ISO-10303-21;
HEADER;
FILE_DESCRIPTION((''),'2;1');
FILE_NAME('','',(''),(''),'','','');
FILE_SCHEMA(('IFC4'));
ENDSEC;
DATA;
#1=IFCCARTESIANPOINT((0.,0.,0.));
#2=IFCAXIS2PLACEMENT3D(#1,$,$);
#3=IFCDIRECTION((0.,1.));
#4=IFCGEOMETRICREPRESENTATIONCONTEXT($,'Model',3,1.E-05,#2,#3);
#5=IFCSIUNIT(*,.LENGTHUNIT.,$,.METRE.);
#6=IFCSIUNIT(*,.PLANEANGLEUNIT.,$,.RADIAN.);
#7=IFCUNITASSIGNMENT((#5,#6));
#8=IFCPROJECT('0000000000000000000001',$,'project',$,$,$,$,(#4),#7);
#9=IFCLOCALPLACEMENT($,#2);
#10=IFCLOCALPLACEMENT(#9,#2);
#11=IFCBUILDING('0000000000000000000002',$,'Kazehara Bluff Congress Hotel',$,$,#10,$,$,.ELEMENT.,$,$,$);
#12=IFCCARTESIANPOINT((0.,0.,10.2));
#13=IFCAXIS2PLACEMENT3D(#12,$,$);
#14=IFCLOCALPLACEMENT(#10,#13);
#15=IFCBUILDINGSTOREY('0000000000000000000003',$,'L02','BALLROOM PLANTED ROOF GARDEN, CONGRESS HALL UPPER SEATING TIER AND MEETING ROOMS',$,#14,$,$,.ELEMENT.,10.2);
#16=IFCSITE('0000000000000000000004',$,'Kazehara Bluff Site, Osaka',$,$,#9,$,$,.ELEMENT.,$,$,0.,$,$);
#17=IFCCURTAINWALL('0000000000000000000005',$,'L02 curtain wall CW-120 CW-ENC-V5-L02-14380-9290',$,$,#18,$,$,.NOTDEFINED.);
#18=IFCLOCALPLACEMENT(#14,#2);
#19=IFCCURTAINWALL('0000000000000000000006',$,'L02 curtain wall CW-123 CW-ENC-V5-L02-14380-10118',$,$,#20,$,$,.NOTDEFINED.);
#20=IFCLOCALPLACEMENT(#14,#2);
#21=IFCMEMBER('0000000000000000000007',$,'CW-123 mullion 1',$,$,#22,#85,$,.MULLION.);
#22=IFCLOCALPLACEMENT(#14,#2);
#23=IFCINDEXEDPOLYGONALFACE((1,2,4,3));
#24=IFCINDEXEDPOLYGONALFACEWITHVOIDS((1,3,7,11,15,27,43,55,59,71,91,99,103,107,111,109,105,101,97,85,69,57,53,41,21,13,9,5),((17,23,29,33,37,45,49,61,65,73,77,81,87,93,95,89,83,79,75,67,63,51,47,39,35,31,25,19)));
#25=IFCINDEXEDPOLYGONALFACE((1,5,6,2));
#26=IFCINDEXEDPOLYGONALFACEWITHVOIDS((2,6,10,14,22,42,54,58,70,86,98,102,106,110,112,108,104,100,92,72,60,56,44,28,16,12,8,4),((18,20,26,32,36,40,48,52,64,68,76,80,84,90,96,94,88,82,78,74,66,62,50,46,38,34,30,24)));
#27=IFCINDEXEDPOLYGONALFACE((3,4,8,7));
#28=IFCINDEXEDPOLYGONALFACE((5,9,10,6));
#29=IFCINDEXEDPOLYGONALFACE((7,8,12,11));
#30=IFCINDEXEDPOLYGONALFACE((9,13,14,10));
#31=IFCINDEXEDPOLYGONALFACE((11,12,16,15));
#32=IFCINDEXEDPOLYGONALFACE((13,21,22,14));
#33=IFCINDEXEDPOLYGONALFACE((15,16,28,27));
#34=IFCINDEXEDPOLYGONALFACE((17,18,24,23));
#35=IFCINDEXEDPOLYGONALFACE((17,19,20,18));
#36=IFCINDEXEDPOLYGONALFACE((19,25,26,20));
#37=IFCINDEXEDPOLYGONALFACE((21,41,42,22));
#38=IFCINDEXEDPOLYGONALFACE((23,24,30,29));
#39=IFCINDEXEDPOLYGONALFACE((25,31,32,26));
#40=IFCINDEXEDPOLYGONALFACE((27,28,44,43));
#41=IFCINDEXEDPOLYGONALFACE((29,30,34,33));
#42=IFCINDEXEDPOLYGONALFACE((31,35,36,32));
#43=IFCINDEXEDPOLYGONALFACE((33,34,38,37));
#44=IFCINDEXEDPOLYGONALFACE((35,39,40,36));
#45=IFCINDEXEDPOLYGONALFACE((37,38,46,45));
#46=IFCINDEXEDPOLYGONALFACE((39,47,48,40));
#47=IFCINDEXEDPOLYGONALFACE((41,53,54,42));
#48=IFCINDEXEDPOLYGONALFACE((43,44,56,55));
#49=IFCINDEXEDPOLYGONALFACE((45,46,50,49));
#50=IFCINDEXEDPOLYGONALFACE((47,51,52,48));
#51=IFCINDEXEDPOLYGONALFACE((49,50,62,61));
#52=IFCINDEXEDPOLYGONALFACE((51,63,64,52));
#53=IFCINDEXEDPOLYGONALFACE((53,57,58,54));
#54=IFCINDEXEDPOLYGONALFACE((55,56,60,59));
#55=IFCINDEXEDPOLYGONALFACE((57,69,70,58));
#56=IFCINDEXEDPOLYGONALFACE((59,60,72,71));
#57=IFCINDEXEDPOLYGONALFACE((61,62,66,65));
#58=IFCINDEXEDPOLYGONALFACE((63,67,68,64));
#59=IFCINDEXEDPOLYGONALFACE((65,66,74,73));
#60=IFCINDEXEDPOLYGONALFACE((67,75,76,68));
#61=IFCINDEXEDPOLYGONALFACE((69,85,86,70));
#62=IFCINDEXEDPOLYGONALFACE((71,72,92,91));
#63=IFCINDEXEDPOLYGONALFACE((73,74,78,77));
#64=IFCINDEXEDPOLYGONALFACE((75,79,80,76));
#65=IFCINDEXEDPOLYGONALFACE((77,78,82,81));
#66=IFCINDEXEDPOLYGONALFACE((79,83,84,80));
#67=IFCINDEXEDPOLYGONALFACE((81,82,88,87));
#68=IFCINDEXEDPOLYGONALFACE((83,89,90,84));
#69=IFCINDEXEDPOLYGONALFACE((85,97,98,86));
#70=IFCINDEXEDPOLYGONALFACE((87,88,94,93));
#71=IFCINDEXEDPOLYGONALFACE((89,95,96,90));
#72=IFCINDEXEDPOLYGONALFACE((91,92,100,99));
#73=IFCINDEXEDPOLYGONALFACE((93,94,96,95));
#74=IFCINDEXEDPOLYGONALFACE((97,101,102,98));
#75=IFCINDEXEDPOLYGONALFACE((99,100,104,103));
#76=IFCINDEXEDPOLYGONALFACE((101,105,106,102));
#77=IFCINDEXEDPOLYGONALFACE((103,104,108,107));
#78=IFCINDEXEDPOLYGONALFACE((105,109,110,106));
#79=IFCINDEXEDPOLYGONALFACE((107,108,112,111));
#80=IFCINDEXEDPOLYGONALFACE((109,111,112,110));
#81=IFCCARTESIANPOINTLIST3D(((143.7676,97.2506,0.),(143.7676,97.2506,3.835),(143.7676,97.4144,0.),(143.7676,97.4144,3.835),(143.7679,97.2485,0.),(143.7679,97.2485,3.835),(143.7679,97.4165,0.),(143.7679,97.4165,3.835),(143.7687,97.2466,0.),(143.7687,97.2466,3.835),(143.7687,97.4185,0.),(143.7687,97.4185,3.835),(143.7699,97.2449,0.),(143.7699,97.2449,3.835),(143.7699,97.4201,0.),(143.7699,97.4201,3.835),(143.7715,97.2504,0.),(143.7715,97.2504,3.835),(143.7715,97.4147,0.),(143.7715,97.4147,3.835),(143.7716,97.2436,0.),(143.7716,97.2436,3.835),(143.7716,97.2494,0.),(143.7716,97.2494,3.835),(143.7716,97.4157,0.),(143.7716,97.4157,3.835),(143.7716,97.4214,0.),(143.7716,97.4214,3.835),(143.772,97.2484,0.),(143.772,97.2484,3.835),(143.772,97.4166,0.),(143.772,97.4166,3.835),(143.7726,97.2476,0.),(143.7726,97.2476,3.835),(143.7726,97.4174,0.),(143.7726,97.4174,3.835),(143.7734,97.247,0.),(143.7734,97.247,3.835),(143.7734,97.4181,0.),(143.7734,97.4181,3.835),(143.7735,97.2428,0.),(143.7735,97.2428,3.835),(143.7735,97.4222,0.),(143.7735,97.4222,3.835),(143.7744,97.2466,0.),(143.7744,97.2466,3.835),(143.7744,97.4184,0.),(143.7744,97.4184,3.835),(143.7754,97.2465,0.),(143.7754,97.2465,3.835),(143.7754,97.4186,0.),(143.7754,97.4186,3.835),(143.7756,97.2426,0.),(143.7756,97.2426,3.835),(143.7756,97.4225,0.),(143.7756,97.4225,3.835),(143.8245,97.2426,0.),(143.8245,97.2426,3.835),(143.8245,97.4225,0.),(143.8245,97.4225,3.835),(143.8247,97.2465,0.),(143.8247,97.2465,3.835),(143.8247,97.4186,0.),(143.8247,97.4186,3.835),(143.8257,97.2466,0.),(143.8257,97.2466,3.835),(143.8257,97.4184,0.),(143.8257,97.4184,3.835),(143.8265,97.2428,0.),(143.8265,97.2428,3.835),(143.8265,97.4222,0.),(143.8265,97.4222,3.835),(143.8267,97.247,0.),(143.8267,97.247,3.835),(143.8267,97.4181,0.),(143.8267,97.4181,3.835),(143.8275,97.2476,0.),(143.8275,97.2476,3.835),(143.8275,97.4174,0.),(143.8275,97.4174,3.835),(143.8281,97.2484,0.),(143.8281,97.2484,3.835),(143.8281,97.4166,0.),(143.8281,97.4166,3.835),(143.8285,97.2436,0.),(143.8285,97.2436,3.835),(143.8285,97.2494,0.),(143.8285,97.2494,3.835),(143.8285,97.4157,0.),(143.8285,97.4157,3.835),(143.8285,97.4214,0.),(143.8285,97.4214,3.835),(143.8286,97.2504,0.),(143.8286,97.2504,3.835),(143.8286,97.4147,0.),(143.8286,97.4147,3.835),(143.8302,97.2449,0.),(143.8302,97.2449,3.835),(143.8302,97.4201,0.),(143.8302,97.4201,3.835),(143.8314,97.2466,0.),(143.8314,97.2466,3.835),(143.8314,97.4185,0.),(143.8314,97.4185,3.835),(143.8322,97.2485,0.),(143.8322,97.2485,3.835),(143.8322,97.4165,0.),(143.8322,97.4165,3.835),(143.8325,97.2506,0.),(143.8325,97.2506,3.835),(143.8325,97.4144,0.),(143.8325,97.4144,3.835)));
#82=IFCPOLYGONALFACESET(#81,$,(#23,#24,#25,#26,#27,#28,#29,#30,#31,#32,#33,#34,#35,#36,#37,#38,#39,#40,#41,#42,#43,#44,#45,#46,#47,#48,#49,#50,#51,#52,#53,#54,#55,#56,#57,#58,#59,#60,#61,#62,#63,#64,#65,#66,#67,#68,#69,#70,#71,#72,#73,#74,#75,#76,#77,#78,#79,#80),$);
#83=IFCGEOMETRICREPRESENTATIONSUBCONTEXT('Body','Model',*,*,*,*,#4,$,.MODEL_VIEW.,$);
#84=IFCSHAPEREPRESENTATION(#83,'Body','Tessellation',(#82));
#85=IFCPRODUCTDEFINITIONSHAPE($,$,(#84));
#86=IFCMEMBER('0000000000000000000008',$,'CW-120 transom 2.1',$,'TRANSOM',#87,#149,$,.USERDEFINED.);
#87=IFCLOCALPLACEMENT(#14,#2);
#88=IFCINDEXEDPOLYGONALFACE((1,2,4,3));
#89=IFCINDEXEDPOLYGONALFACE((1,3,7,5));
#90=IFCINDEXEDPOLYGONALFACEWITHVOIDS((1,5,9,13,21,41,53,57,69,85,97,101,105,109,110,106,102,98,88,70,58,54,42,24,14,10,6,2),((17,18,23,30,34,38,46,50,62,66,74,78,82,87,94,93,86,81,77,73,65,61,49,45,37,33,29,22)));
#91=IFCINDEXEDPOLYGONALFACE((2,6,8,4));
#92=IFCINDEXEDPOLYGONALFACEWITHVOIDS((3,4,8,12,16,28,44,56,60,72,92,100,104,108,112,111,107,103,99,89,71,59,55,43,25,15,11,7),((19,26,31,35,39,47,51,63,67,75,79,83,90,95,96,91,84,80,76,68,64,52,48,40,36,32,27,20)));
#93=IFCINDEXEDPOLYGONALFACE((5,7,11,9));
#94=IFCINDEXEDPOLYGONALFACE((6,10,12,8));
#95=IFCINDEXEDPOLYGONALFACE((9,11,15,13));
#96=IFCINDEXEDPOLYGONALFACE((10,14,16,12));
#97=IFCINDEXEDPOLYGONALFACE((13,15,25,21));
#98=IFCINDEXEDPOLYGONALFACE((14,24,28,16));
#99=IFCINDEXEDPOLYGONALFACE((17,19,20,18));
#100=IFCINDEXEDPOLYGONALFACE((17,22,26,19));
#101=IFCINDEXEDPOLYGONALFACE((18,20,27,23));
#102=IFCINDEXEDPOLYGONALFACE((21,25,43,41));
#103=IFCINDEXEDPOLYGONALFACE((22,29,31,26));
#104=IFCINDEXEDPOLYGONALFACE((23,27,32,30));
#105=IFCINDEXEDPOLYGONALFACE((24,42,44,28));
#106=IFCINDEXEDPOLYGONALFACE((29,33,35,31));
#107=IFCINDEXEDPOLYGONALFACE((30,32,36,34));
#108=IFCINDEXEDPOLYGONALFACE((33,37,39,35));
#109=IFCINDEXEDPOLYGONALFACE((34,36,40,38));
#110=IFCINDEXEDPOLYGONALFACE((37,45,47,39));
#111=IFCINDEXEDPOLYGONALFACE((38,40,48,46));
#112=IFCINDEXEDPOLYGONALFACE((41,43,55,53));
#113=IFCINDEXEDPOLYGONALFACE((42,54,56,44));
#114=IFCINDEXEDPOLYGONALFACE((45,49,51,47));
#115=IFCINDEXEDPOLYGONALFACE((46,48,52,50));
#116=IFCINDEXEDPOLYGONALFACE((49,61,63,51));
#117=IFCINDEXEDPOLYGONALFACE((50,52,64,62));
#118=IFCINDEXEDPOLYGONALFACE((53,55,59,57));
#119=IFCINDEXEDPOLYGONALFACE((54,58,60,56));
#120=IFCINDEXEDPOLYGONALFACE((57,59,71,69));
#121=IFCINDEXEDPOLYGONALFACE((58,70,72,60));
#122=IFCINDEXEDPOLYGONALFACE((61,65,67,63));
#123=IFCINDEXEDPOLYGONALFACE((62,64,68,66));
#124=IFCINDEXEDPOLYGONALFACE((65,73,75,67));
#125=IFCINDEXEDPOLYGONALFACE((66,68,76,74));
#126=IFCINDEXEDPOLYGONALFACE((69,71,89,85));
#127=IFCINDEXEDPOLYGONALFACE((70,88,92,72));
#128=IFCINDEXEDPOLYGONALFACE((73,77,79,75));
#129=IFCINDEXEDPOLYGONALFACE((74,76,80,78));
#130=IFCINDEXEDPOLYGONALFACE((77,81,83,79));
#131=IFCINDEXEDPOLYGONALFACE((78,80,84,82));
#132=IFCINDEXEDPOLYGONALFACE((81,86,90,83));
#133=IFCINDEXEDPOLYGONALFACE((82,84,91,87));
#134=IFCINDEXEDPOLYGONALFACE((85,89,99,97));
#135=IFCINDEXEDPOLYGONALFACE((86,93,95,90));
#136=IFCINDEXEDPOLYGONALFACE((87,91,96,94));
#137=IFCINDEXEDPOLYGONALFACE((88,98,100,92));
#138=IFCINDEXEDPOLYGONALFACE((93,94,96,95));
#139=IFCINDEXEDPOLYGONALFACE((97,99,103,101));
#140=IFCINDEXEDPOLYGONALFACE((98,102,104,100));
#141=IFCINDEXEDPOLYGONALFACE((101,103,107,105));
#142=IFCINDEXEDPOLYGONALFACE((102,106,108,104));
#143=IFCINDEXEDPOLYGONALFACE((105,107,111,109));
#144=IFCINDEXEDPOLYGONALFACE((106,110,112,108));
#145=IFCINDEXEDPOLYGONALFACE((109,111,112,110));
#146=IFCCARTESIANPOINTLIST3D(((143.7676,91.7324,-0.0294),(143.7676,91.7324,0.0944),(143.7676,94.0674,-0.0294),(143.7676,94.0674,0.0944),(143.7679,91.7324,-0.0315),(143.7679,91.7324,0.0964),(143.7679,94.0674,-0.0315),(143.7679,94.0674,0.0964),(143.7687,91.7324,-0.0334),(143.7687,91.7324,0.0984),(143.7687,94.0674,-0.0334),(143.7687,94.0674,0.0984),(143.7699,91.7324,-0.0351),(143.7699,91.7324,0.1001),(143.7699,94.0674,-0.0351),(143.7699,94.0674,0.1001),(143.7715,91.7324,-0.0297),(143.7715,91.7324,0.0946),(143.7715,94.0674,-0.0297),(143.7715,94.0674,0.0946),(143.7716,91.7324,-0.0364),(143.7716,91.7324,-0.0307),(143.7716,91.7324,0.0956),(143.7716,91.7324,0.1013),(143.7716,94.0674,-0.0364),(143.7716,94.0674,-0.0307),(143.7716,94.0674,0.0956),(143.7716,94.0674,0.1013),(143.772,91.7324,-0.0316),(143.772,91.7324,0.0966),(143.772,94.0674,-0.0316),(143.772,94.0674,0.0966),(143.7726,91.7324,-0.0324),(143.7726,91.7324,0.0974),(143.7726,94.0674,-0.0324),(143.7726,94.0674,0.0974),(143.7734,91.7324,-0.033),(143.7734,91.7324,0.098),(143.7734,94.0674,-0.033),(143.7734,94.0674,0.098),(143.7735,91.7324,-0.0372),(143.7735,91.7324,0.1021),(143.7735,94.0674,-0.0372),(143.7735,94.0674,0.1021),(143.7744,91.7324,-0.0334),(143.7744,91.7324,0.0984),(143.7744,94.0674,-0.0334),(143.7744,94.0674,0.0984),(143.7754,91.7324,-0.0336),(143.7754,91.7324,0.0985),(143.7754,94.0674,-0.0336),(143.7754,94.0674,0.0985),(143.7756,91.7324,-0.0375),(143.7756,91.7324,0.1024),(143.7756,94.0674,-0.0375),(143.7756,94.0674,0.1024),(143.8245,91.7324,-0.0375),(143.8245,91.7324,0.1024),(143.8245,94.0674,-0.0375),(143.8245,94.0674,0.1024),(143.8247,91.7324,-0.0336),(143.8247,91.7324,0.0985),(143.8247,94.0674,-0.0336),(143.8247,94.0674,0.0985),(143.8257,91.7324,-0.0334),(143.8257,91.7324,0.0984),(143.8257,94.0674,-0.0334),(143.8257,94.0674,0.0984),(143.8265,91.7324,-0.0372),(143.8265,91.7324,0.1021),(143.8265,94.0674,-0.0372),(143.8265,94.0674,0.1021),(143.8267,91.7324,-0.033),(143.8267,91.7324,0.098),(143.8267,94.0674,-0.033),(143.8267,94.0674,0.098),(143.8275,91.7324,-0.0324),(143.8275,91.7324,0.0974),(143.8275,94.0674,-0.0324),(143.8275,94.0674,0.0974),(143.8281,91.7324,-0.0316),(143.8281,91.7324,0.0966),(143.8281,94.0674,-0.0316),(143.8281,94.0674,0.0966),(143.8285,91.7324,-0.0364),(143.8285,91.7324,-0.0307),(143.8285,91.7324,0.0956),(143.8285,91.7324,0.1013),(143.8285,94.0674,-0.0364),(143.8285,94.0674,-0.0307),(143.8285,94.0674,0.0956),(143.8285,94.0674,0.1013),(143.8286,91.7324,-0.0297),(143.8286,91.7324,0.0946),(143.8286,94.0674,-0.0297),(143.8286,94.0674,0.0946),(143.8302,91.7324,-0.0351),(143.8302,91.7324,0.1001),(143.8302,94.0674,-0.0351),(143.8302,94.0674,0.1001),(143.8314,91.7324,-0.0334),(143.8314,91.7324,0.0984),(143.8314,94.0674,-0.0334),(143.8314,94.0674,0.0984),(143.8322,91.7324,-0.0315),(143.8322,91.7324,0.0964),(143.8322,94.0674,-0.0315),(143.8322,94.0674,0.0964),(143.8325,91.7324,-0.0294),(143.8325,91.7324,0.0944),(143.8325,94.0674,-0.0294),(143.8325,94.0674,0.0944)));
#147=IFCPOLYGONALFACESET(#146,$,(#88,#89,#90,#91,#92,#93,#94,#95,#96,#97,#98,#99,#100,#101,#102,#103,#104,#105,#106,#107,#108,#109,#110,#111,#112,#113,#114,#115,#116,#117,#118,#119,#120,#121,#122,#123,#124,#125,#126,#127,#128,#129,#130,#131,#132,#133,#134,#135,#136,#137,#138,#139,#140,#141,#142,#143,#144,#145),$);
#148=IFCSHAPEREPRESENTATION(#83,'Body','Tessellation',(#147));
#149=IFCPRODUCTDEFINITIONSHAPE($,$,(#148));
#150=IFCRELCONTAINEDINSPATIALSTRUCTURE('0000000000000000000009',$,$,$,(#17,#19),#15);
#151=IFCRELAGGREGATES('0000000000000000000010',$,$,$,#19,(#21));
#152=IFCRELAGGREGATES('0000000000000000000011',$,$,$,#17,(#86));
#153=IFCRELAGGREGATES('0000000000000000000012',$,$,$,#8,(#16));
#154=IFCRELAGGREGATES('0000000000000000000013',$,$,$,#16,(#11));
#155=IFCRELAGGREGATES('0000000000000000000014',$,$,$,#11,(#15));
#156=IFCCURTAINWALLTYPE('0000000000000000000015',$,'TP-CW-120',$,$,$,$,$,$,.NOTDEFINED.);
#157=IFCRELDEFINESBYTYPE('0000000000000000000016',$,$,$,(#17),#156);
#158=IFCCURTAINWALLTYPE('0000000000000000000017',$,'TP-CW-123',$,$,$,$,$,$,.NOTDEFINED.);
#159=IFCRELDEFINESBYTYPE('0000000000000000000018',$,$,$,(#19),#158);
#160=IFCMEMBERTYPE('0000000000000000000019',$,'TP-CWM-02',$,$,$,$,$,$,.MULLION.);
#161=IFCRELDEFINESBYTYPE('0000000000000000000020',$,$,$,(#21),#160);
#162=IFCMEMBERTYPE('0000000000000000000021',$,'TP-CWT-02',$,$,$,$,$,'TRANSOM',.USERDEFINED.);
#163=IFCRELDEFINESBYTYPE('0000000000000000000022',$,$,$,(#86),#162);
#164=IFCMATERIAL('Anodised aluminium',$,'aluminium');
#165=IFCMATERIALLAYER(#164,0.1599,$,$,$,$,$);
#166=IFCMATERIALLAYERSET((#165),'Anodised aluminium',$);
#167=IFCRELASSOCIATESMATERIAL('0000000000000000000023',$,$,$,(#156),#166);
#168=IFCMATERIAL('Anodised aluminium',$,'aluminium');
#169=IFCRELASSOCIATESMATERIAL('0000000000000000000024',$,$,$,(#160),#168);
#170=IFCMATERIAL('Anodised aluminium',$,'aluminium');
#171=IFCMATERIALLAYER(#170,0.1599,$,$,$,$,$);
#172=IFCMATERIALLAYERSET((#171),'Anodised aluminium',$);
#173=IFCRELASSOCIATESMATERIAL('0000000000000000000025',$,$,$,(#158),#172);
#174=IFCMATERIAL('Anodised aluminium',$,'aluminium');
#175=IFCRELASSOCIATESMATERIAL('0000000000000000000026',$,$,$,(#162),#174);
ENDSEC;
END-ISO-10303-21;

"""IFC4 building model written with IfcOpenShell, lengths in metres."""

from ifc_helpers import new_model, si_unit, direction, frame, origin, origin_2d, place, context, subcontext, project, spatial, hollow_rectangle, extrude, material, layer, layer_set, material_profile, profile_set, type_object, element, aggregate, save


model = new_model("IFC4")

# Units and contexts
model_context = context("Model", 3, precision=1e-05, world=origin(), true_north=direction((0.0, 1.0)))
body_context = subcontext(model_context, "Body", "Model", "MODEL_VIEW")
ifc_project = project(units=[si_unit("LENGTHUNIT", "METRE"), si_unit("PLANEANGLEUNIT", "RADIAN")], contexts=[model_context])

# Site, building, storey
site_placement = place(None, origin())
site = spatial("IfcSite", under=ifc_project, at=site_placement, Name="Kazehara Bluff Site, Osaka", CompositionType="ELEMENT", RefElevation=0.0)
building_placement = place(site_placement, origin())
building = spatial("IfcBuilding", under=site, at=building_placement, Name="Kazehara Bluff Congress Hotel", CompositionType="ELEMENT")
storey_placement = place(building_placement, frame((0.0, 0.0, 10.2)))
storey = spatial("IfcBuildingStorey", under=building, at=storey_placement, Name="L02", Description="BALLROOM PLANTED ROOF GARDEN, CONGRESS HALL UPPER SEATING TIER AND MEETING ROOMS", CompositionType="ELEMENT", Elevation=10.2)

# Curtain wall
ifc_material_1 = material(Name="Anodised aluminium", Category="aluminium")
ifc_layer_1 = layer(ifc_material_1, 0.1599)
ifc_layer_set_1 = layer_set([ifc_layer_1], Name="Anodised aluminium")
curtain_wall_type_1 = type_object("IfcCurtainWallType", Name="TP-CW-120", PredefinedType="NOTDEFINED", material=ifc_layer_set_1)
curtain_wall_1_placement = place(storey_placement, origin())
curtain_wall_1 = element("IfcCurtainWall", 1, at=curtain_wall_1_placement, inside=storey, type_object=curtain_wall_type_1, Name="L02 curtain wall CW-120 CW-ENC-V5-L02-14380-9290", PredefinedType="NOTDEFINED")
ifc_material_2 = material(Name="Anodised aluminium", Category="aluminium")
ifc_material_profile_1 = material_profile(ifc_material_2, hollow_rectangle(XDim=0.0649, YDim=0.1799, WallThickness=0.0039, InnerFilletRadius=0.0039, OuterFilletRadius=0.0081, at=origin_2d()))
ifc_profile_set_1 = profile_set([ifc_material_profile_1], Name="Anodised aluminium")
member_type_1 = type_object("IfcMemberType", Name="TP-CWM-02", PredefinedType="MULLION", material=ifc_profile_set_1)

# Curtain wall, member
ifc_material_3 = material(Name="Anodised aluminium", Category="aluminium")
ifc_layer_2 = layer(ifc_material_3, 0.1599)
ifc_layer_set_2 = layer_set([ifc_layer_2], Name="Anodised aluminium")
curtain_wall_type_2 = type_object("IfcCurtainWallType", Name="TP-CW-123", PredefinedType="NOTDEFINED", material=ifc_layer_set_2)
curtain_wall_2_placement = place(storey_placement, origin())
curtain_wall_2 = element("IfcCurtainWall", 2, at=curtain_wall_2_placement, inside=storey, type_object=curtain_wall_type_2, Name="L02 curtain wall CW-123 CW-ENC-V5-L02-14380-10118", PredefinedType="NOTDEFINED")
member_1_placement = place(storey_placement, frame((143.8, 97.3325, 0.0), z_axis=(0.0, 0.0, 1.0), x_axis=(-1.0, 0.0, 0.0)))
member_1 = element("IfcMember", 3, at=member_1_placement, type_object=member_type_1, Name="CW-123 mullion 1", PredefinedType="MULLION", context=body_context, shape_type="SweptSolid", body=[
    extrude(hollow_rectangle(XDim=0.0649, YDim=0.1799, WallThickness=0.0039, InnerFilletRadius=0.0039, OuterFilletRadius=0.0081, at=origin_2d()), origin(), (0.0, 0.0, 1.0), 3.835),
])

# Member
ifc_material_4 = material(Name="Anodised aluminium", Category="aluminium")
ifc_material_profile_2 = material_profile(ifc_material_4, hollow_rectangle(XDim=0.0649, YDim=0.1399, WallThickness=0.0039, InnerFilletRadius=0.0039, OuterFilletRadius=0.0081, at=origin_2d()))
ifc_profile_set_2 = profile_set([ifc_material_profile_2], Name="Anodised aluminium")
member_type_2 = type_object("IfcMemberType", Name="TP-CWT-02", ElementType="TRANSOM", PredefinedType="USERDEFINED", material=ifc_profile_set_2)
member_2_placement = place(storey_placement, frame((143.8, 91.7324, 0.0325), z_axis=(0.0, 1.0, 0.0), x_axis=(-1.0, 0.0, 0.0)))
member_2 = element("IfcMember", 4, at=member_2_placement, type_object=member_type_2, Name="CW-120 transom 2.1", ObjectType="TRANSOM", PredefinedType="USERDEFINED", context=body_context, shape_type="SweptSolid", body=[
    extrude(hollow_rectangle(XDim=0.0649, YDim=0.1399, WallThickness=0.0039, InnerFilletRadius=0.0039, OuterFilletRadius=0.0081, at=origin_2d()), origin(), (0.0, 0.0, 1.0), 2.335),
])
aggregate(curtain_wall_2, [member_1])

aggregate(curtain_wall_1, [member_2])

save(model, "model.ifc")
